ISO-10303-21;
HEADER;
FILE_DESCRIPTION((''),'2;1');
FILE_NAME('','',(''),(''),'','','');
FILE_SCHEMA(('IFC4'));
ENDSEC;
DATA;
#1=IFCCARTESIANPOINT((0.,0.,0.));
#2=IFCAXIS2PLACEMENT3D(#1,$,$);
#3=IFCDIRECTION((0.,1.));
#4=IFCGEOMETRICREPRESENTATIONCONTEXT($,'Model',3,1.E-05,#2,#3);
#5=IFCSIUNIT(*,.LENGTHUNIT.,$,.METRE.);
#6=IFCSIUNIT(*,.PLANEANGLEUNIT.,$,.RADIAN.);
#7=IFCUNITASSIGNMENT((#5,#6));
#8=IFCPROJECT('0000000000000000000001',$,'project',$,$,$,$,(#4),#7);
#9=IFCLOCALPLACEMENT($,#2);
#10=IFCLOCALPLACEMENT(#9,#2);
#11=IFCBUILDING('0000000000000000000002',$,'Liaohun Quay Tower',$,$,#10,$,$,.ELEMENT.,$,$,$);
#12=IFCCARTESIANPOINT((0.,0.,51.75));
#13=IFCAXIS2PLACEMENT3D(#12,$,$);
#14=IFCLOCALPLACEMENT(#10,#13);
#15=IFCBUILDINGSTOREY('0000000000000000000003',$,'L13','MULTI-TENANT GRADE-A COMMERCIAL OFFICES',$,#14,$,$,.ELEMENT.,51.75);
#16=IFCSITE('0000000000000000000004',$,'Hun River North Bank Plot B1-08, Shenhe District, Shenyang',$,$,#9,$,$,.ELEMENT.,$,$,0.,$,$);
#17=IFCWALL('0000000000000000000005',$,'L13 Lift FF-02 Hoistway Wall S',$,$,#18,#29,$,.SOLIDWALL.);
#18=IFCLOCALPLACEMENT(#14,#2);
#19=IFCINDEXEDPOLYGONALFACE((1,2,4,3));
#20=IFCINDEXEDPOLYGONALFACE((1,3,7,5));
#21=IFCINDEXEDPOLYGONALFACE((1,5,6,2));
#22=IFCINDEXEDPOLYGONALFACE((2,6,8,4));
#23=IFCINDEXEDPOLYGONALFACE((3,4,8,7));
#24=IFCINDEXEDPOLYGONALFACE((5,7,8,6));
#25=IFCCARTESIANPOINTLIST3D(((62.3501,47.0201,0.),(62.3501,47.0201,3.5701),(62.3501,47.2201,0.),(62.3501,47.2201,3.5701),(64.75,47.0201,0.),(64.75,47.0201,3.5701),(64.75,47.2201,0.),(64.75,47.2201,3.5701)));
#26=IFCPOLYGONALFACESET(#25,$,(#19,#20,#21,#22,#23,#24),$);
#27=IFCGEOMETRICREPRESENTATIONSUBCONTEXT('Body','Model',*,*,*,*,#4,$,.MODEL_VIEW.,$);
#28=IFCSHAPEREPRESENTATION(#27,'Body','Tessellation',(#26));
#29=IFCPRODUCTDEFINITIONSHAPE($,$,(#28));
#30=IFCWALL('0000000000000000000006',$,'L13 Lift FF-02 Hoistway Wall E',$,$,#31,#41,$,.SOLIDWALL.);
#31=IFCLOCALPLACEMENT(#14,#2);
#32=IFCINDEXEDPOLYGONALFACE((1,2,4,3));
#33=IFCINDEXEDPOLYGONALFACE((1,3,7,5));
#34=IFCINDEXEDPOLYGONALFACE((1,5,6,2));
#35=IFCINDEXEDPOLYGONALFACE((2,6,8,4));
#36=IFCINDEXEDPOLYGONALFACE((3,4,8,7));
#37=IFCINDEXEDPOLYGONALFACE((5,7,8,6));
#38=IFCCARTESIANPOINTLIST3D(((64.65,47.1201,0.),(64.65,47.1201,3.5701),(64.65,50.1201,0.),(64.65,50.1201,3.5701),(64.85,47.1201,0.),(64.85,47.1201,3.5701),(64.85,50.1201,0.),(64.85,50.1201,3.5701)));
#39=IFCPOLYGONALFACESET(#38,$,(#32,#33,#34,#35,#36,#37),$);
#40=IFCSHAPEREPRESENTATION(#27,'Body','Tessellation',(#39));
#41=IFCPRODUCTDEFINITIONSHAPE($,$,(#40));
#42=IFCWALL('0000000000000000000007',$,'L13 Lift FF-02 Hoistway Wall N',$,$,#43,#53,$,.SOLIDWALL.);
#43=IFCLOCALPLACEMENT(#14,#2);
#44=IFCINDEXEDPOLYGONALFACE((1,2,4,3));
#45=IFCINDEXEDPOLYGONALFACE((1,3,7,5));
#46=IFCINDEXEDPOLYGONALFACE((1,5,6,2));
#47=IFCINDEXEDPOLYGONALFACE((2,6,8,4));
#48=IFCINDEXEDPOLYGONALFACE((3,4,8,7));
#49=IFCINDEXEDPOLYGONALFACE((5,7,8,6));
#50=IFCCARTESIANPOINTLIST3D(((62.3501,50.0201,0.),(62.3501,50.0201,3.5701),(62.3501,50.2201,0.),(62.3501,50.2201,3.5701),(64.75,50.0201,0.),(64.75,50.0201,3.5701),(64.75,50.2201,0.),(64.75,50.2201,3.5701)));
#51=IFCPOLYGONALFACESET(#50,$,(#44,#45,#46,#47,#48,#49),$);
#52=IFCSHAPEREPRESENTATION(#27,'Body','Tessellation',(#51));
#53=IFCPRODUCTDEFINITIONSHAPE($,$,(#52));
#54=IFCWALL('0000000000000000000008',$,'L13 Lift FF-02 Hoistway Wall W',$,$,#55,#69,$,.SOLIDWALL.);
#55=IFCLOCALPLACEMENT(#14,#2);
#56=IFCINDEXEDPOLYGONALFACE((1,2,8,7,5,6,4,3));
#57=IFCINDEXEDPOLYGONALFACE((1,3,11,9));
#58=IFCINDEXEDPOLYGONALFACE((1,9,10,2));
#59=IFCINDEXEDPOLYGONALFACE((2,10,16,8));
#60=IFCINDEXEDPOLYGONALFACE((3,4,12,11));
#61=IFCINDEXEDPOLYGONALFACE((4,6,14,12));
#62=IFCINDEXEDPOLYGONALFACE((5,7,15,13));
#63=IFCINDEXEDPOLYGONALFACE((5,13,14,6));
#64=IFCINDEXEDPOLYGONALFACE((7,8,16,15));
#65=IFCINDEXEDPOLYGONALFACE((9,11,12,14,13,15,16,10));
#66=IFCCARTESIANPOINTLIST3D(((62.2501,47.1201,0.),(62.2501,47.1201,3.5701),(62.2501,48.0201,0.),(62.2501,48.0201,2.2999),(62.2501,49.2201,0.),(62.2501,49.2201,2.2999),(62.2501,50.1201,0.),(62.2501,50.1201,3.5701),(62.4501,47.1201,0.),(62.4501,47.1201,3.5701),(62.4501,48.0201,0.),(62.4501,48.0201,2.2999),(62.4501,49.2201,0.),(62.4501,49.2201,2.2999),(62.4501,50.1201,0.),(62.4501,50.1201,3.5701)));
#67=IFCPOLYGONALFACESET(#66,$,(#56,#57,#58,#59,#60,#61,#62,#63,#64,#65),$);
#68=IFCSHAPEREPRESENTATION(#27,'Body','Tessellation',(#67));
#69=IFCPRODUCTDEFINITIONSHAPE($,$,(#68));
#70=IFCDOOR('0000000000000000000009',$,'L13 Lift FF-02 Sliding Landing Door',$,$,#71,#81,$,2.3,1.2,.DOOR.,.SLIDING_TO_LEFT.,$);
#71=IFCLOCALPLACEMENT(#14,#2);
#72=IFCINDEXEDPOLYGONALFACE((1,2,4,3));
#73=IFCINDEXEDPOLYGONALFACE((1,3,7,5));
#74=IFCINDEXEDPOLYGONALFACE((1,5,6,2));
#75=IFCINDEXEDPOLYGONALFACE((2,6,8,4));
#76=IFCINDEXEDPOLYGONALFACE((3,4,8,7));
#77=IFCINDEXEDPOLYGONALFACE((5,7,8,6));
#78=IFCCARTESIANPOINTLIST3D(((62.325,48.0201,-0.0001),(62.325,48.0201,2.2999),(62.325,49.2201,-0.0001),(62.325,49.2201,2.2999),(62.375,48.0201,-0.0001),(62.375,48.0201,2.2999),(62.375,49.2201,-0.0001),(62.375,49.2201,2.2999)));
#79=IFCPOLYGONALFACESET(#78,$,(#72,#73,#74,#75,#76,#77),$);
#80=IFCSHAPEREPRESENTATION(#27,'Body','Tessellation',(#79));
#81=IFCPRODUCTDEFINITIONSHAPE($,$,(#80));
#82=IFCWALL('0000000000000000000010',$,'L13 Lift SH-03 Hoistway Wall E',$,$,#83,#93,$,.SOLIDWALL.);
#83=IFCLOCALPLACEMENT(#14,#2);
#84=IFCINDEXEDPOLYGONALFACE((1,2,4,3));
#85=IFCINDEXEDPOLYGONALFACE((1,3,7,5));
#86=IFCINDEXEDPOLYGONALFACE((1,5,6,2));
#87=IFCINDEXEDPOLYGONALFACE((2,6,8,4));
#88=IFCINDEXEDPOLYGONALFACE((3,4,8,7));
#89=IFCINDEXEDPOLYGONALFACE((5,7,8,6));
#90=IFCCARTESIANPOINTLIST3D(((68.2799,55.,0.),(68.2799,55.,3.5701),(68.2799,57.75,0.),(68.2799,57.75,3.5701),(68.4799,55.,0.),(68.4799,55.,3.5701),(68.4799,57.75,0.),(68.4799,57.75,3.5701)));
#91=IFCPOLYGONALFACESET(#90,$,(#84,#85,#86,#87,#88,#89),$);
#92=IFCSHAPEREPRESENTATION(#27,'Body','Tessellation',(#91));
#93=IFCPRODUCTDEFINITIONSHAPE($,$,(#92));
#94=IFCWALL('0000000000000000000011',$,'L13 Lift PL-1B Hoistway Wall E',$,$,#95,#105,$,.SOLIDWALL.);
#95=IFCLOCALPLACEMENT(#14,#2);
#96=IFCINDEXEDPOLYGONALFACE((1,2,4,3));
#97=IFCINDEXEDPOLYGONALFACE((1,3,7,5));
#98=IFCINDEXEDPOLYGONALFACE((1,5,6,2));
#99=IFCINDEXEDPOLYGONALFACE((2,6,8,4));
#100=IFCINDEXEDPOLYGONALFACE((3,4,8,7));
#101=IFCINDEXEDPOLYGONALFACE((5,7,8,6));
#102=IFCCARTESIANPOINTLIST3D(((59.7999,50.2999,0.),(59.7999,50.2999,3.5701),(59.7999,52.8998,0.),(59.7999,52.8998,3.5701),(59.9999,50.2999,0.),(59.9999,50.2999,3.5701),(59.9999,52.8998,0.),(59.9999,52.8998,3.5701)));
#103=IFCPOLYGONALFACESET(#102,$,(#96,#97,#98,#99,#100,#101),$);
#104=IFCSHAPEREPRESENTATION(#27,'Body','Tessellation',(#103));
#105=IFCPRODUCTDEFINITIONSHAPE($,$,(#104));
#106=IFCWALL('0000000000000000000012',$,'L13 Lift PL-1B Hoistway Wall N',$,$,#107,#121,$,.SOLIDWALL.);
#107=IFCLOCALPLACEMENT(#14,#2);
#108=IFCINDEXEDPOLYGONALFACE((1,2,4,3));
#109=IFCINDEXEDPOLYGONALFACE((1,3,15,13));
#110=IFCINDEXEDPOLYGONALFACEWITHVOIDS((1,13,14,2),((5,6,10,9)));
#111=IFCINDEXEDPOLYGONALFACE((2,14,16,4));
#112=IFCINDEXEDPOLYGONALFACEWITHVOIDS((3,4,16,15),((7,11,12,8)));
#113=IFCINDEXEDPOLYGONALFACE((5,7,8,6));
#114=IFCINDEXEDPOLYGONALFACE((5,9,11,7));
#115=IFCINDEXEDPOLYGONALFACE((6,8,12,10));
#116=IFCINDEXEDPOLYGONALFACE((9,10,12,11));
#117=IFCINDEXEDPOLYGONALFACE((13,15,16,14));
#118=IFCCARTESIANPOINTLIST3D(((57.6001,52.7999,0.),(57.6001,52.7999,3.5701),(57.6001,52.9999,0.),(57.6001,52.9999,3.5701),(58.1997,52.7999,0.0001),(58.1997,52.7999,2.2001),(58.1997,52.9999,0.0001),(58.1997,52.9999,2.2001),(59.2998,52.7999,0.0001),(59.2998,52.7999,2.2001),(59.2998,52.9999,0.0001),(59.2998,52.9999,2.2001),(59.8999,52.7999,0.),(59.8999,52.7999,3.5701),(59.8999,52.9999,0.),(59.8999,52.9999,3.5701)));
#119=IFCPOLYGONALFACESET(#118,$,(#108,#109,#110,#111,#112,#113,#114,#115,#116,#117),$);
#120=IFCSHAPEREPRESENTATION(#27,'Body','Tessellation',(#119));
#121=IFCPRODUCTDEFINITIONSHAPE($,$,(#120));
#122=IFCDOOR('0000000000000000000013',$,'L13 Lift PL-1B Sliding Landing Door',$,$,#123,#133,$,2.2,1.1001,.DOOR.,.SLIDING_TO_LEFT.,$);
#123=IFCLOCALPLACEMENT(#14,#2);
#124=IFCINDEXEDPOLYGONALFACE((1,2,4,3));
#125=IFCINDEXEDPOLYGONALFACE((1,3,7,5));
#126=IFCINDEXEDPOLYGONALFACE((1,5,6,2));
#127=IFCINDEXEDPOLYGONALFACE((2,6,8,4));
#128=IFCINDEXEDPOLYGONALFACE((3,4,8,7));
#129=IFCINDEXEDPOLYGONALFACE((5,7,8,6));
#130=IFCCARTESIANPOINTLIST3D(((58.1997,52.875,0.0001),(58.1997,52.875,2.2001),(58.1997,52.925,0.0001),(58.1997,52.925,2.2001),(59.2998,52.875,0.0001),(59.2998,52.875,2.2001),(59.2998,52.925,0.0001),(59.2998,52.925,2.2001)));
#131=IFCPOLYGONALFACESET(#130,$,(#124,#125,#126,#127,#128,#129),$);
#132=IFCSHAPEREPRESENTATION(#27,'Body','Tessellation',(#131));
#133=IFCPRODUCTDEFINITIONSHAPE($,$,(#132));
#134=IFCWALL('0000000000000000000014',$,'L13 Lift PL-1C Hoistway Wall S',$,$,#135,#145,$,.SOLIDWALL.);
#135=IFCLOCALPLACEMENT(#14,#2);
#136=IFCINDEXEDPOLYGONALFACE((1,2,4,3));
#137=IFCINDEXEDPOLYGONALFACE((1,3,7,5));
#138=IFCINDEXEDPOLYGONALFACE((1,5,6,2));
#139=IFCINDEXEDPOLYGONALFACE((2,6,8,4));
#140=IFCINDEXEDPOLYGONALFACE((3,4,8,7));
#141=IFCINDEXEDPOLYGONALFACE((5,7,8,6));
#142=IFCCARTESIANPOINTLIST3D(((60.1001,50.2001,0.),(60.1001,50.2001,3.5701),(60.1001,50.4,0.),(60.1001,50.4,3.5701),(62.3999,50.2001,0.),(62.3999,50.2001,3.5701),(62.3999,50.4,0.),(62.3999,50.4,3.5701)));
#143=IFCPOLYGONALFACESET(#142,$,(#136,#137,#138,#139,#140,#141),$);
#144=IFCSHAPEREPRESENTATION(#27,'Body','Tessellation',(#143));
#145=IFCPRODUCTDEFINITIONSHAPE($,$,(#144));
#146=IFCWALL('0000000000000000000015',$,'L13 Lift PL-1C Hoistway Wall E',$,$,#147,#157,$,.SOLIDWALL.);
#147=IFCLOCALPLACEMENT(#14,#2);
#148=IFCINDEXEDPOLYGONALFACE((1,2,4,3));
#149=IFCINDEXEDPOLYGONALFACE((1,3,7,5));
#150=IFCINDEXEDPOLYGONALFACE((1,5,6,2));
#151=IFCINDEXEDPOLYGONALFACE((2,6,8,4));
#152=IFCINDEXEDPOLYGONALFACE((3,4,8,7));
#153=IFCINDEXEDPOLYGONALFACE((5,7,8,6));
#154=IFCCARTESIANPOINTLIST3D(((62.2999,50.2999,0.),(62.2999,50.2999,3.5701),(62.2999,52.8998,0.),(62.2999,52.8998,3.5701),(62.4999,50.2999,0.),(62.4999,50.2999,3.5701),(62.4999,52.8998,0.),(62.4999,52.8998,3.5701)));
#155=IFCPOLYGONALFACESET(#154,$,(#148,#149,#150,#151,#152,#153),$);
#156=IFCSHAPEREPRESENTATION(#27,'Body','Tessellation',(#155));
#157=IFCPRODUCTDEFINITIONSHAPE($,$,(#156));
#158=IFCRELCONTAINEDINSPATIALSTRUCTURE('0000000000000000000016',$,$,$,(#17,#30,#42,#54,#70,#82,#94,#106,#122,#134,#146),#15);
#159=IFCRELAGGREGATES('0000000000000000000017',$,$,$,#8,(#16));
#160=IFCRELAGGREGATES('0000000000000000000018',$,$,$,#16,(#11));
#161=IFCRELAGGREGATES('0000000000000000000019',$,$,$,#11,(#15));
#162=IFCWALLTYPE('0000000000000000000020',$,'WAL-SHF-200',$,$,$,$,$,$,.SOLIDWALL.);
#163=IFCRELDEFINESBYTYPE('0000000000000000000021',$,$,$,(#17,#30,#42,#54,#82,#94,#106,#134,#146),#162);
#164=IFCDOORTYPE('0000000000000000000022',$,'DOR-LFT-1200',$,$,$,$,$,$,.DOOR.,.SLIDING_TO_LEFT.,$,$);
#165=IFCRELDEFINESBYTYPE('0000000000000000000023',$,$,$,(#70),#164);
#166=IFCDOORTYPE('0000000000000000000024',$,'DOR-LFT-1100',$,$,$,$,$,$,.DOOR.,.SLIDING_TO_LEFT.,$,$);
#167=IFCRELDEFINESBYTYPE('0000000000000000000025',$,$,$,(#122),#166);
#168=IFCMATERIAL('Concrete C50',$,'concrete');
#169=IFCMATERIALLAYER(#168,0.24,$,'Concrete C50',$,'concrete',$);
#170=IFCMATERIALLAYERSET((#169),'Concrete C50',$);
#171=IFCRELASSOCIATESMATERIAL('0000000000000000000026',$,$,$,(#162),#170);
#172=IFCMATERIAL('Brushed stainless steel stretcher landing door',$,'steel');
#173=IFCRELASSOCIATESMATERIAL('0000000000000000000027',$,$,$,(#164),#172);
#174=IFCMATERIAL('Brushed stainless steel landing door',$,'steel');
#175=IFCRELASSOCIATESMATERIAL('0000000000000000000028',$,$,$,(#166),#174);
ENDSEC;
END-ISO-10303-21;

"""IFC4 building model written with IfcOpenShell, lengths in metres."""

from ifc_helpers import new_model, si_unit, direction, frame, frame_2d, origin, place, context, subcontext, project, spatial, rectangle, extrude, source, transform, mapped, material, layer, layer_set, type_object, element, fill, save


model = new_model("IFC4")

# Units and contexts
model_context = context("Model", 3, precision=1e-05, world=origin(), true_north=direction((0.0, 1.0)))
body_context = subcontext(model_context, "Body", "Model", "MODEL_VIEW")
ifc_project = project(units=[si_unit("LENGTHUNIT", "METRE"), si_unit("PLANEANGLEUNIT", "RADIAN")], contexts=[model_context])

# Site, building, storey
site_placement = place(None, origin())
site = spatial("IfcSite", under=ifc_project, at=site_placement, Name="Hun River North Bank Plot B1-08, Shenhe District, Shenyang", CompositionType="ELEMENT", RefElevation=0.0)
building_placement = place(site_placement, origin())
building = spatial("IfcBuilding", under=site, at=building_placement, Name="Liaohun Quay Tower", CompositionType="ELEMENT")
storey_placement = place(building_placement, frame((0.0, 0.0, 51.75)))
storey = spatial("IfcBuildingStorey", under=building, at=storey_placement, Name="L13", Description="MULTI-TENANT GRADE-A COMMERCIAL OFFICES", CompositionType="ELEMENT", Elevation=51.75)

# Walls
ifc_material_1 = material(Name="Concrete C50", Category="concrete")
ifc_layer = layer(ifc_material_1, 0.24, Name="Concrete C50", Category="concrete")
ifc_layer_set = layer_set([ifc_layer], Name="Concrete C50")
wall_type = type_object("IfcWallType", Name="WAL-SHF-200", PredefinedType="SOLIDWALL", material=ifc_layer_set)
wall_1_placement = place(storey_placement, frame((62.3501, 47.1201, 0.0), z_axis=(0.0, 0.0, 1.0), x_axis=(1.0, 0.0, 0.0)))
element("IfcWall", 1, at=wall_1_placement, inside=storey, type_object=wall_type, Name="L13 Lift FF-02 Hoistway Wall S", PredefinedType="SOLIDWALL", context=body_context, shape_type="SweptSolid", body=[
    extrude(rectangle(XDim=2.3999, YDim=0.2, at=frame_2d((1.2, 0.0))), origin(), (0.0, 0.0, 1.0), 3.5701),
])
wall_2_placement = place(storey_placement, frame((64.75, 47.1201, 0.0), z_axis=(0.0, 0.0, 1.0), x_axis=(0.0, 1.0, 0.0)))
element("IfcWall", 2, at=wall_2_placement, inside=storey, type_object=wall_type, Name="L13 Lift FF-02 Hoistway Wall E", PredefinedType="SOLIDWALL", context=body_context, shape_type="SweptSolid", body=[
    extrude(rectangle(XDim=3.0, YDim=0.2, at=frame_2d((1.5, 0.0))), origin(), (0.0, 0.0, 1.0), 3.5701),
])
wall_3_placement = place(storey_placement, frame((64.75, 50.1201, 0.0), z_axis=(0.0, 0.0, 1.0), x_axis=(-1.0, 0.0, 0.0)))
element("IfcWall", 3, at=wall_3_placement, inside=storey, type_object=wall_type, Name="L13 Lift FF-02 Hoistway Wall N", PredefinedType="SOLIDWALL", context=body_context, shape_type="SweptSolid", body=[
    extrude(rectangle(XDim=2.3999, YDim=0.2, at=frame_2d((1.2, 0.0))), origin(), (0.0, 0.0, 1.0), 3.5701),
])

# Wall, opening, door
wall_4_placement = place(storey_placement, frame((62.3501, 50.1201, 0.0), z_axis=(0.0, 0.0, 1.0), x_axis=(0.0, -1.0, 0.0)))
wall_4 = element("IfcWall", 4, at=wall_4_placement, inside=storey, type_object=wall_type, Name="L13 Lift FF-02 Hoistway Wall W", PredefinedType="SOLIDWALL", context=body_context, shape_type="SweptSolid", body=[
    extrude(rectangle(XDim=3.0, YDim=0.2, at=frame_2d((1.5, 0.0))), origin(), (0.0, 0.0, 1.0), 3.5701),
])
shared_shape_1 = source(origin(), body_context, "Body", "SweptSolid", [
    extrude(rectangle(XDim=1.2, YDim=2.3, at=frame_2d((0.6001, 1.1499))), frame((0.0, 0.1099, 0.0), z_axis=(0.0, -1.0, 0.0), x_axis=(1.0, 0.0, 0.0)), (0.0, 0.0, 1.0), 0.22),
])
opening_1_placement = place(wall_4_placement, frame((0.8999, 0.0, 0.0)))
opening_1 = element("IfcOpeningElement", 5, at=opening_1_placement, cuts=wall_4, PredefinedType="OPENING", context=body_context, shape_type="MappedRepresentation", body=[
    mapped(shared_shape_1, transform((0.0, 0.0, 0.0), x_axis=(1.0, 0.0, 0.0), y_axis=(0.0, 1.0, 0.0), z_axis=(0.0, 0.0, 1.0), scale=1.0)),
])
ifc_material_2 = material(Name="Brushed stainless steel stretcher landing door", Category="steel")
door_type_1 = type_object("IfcDoorType", Name="DOR-LFT-1200", OperationType="SLIDING_TO_LEFT", PredefinedType="DOOR", material=ifc_material_2)
shared_shape_2 = source(origin(), body_context, "Body", "SweptSolid", [
    extrude(rectangle(XDim=1.2, YDim=2.3, at=frame_2d((0.6001, 1.1499))), frame((0.0, 0.0249, 0.0), z_axis=(0.0, -1.0, 0.0), x_axis=(1.0, 0.0, 0.0)), (0.0, 0.0, 1.0), 0.05),
])
door_1_placement = place(opening_1_placement, origin())
door_1 = element("IfcDoor", 6, at=door_1_placement, inside=storey, type_object=door_type_1, Name="L13 Lift FF-02 Sliding Landing Door", OperationType="SLIDING_TO_LEFT", OverallHeight=2.3, OverallWidth=1.2, PredefinedType="DOOR", context=body_context, shape_type="MappedRepresentation", body=[
    mapped(shared_shape_2, transform((0.0, 0.0, 0.0), x_axis=(1.0, 0.0, 0.0), y_axis=(0.0, 1.0, 0.0), z_axis=(0.0, 0.0, 1.0), scale=1.0)),
])
fill(opening_1, door_1)

# Walls
wall_5_placement = place(storey_placement, frame((68.3799, 55.0, 0.0), z_axis=(0.0, 0.0, 1.0), x_axis=(0.0, 1.0, 0.0)))
element("IfcWall", 7, at=wall_5_placement, inside=storey, type_object=wall_type, Name="L13 Lift SH-03 Hoistway Wall E", PredefinedType="SOLIDWALL", context=body_context, shape_type="SweptSolid", body=[
    extrude(rectangle(XDim=2.75, YDim=0.2, at=frame_2d((1.375, 0.0))), origin(), (0.0, 0.0, 1.0), 3.5701),
])
wall_6_placement = place(storey_placement, frame((59.8999, 50.3, 0.0), z_axis=(0.0, 0.0, 1.0), x_axis=(0.0, 1.0, 0.0)))
element("IfcWall", 8, at=wall_6_placement, inside=storey, type_object=wall_type, Name="L13 Lift PL-1B Hoistway Wall E", PredefinedType="SOLIDWALL", context=body_context, shape_type="SweptSolid", body=[
    extrude(rectangle(XDim=2.5999, YDim=0.2, at=frame_2d((1.2998, 0.0))), origin(), (0.0, 0.0, 1.0), 3.5701),
])

# Wall, opening, door
wall_7_placement = place(storey_placement, frame((59.8999, 52.8999, 0.0), z_axis=(0.0, 0.0, 1.0), x_axis=(-1.0, 0.0, 0.0)))
wall_7 = element("IfcWall", 9, at=wall_7_placement, inside=storey, type_object=wall_type, Name="L13 Lift PL-1B Hoistway Wall N", PredefinedType="SOLIDWALL", context=body_context, shape_type="SweptSolid", body=[
    extrude(rectangle(XDim=2.2998, YDim=0.2, at=frame_2d((1.1499, 0.0))), origin(), (0.0, 0.0, 1.0), 3.5701),
])
shared_shape_3 = source(origin(), body_context, "Body", "SweptSolid", [
    extrude(rectangle(XDim=1.1001, YDim=2.2, at=frame_2d((0.55, 1.1001))), frame((0.0, 0.1099, 0.0), z_axis=(0.0, -1.0, 0.0), x_axis=(1.0, 0.0, 0.0)), (0.0, 0.0, 1.0), 0.22),
])
opening_2_placement = place(wall_7_placement, frame((0.6001, 0.0, 0.0)))
opening_2 = element("IfcOpeningElement", 10, at=opening_2_placement, cuts=wall_7, PredefinedType="OPENING", context=body_context, shape_type="MappedRepresentation", body=[
    mapped(shared_shape_3, transform((0.0, 0.0, 0.0), x_axis=(1.0, 0.0, 0.0), y_axis=(0.0, 1.0, 0.0), z_axis=(0.0, 0.0, 1.0), scale=1.0)),
])
ifc_material_3 = material(Name="Brushed stainless steel landing door", Category="steel")
door_type_2 = type_object("IfcDoorType", Name="DOR-LFT-1100", OperationType="SLIDING_TO_LEFT", PredefinedType="DOOR", material=ifc_material_3)
shared_shape_4 = source(origin(), body_context, "Body", "SweptSolid", [
    extrude(rectangle(XDim=1.1001, YDim=2.2, at=frame_2d((0.55, 1.1001))), frame((0.0, 0.0249, 0.0), z_axis=(0.0, -1.0, 0.0), x_axis=(1.0, 0.0, 0.0)), (0.0, 0.0, 1.0), 0.05),
])
door_2_placement = place(opening_2_placement, origin())
door_2 = element("IfcDoor", 11, at=door_2_placement, inside=storey, type_object=door_type_2, Name="L13 Lift PL-1B Sliding Landing Door", OperationType="SLIDING_TO_LEFT", OverallHeight=2.2, OverallWidth=1.1001, PredefinedType="DOOR", context=body_context, shape_type="MappedRepresentation", body=[
    mapped(shared_shape_4, transform((0.0, 0.0, 0.0), x_axis=(1.0, 0.0, 0.0), y_axis=(0.0, 1.0, 0.0), z_axis=(0.0, 0.0, 1.0), scale=1.0)),
])
fill(opening_2, door_2)

# Walls
wall_8_placement = place(storey_placement, frame((60.1001, 50.3, 0.0), z_axis=(0.0, 0.0, 1.0), x_axis=(1.0, 0.0, 0.0)))
element("IfcWall", 12, at=wall_8_placement, inside=storey, type_object=wall_type, Name="L13 Lift PL-1C Hoistway Wall S", PredefinedType="SOLIDWALL", context=body_context, shape_type="SweptSolid", body=[
    extrude(rectangle(XDim=2.2998, YDim=0.2, at=frame_2d((1.1499, 0.0))), origin(), (0.0, 0.0, 1.0), 3.5701),
])
wall_9_placement = place(storey_placement, frame((62.3999, 50.3, 0.0), z_axis=(0.0, 0.0, 1.0), x_axis=(0.0, 1.0, 0.0)))
element("IfcWall", 13, at=wall_9_placement, inside=storey, type_object=wall_type, Name="L13 Lift PL-1C Hoistway Wall E", PredefinedType="SOLIDWALL", context=body_context, shape_type="SweptSolid", body=[
    extrude(rectangle(XDim=2.5999, YDim=0.2, at=frame_2d((1.2998, 0.0))), origin(), (0.0, 0.0, 1.0), 3.5701),
])

save(model, "model.ifc")
